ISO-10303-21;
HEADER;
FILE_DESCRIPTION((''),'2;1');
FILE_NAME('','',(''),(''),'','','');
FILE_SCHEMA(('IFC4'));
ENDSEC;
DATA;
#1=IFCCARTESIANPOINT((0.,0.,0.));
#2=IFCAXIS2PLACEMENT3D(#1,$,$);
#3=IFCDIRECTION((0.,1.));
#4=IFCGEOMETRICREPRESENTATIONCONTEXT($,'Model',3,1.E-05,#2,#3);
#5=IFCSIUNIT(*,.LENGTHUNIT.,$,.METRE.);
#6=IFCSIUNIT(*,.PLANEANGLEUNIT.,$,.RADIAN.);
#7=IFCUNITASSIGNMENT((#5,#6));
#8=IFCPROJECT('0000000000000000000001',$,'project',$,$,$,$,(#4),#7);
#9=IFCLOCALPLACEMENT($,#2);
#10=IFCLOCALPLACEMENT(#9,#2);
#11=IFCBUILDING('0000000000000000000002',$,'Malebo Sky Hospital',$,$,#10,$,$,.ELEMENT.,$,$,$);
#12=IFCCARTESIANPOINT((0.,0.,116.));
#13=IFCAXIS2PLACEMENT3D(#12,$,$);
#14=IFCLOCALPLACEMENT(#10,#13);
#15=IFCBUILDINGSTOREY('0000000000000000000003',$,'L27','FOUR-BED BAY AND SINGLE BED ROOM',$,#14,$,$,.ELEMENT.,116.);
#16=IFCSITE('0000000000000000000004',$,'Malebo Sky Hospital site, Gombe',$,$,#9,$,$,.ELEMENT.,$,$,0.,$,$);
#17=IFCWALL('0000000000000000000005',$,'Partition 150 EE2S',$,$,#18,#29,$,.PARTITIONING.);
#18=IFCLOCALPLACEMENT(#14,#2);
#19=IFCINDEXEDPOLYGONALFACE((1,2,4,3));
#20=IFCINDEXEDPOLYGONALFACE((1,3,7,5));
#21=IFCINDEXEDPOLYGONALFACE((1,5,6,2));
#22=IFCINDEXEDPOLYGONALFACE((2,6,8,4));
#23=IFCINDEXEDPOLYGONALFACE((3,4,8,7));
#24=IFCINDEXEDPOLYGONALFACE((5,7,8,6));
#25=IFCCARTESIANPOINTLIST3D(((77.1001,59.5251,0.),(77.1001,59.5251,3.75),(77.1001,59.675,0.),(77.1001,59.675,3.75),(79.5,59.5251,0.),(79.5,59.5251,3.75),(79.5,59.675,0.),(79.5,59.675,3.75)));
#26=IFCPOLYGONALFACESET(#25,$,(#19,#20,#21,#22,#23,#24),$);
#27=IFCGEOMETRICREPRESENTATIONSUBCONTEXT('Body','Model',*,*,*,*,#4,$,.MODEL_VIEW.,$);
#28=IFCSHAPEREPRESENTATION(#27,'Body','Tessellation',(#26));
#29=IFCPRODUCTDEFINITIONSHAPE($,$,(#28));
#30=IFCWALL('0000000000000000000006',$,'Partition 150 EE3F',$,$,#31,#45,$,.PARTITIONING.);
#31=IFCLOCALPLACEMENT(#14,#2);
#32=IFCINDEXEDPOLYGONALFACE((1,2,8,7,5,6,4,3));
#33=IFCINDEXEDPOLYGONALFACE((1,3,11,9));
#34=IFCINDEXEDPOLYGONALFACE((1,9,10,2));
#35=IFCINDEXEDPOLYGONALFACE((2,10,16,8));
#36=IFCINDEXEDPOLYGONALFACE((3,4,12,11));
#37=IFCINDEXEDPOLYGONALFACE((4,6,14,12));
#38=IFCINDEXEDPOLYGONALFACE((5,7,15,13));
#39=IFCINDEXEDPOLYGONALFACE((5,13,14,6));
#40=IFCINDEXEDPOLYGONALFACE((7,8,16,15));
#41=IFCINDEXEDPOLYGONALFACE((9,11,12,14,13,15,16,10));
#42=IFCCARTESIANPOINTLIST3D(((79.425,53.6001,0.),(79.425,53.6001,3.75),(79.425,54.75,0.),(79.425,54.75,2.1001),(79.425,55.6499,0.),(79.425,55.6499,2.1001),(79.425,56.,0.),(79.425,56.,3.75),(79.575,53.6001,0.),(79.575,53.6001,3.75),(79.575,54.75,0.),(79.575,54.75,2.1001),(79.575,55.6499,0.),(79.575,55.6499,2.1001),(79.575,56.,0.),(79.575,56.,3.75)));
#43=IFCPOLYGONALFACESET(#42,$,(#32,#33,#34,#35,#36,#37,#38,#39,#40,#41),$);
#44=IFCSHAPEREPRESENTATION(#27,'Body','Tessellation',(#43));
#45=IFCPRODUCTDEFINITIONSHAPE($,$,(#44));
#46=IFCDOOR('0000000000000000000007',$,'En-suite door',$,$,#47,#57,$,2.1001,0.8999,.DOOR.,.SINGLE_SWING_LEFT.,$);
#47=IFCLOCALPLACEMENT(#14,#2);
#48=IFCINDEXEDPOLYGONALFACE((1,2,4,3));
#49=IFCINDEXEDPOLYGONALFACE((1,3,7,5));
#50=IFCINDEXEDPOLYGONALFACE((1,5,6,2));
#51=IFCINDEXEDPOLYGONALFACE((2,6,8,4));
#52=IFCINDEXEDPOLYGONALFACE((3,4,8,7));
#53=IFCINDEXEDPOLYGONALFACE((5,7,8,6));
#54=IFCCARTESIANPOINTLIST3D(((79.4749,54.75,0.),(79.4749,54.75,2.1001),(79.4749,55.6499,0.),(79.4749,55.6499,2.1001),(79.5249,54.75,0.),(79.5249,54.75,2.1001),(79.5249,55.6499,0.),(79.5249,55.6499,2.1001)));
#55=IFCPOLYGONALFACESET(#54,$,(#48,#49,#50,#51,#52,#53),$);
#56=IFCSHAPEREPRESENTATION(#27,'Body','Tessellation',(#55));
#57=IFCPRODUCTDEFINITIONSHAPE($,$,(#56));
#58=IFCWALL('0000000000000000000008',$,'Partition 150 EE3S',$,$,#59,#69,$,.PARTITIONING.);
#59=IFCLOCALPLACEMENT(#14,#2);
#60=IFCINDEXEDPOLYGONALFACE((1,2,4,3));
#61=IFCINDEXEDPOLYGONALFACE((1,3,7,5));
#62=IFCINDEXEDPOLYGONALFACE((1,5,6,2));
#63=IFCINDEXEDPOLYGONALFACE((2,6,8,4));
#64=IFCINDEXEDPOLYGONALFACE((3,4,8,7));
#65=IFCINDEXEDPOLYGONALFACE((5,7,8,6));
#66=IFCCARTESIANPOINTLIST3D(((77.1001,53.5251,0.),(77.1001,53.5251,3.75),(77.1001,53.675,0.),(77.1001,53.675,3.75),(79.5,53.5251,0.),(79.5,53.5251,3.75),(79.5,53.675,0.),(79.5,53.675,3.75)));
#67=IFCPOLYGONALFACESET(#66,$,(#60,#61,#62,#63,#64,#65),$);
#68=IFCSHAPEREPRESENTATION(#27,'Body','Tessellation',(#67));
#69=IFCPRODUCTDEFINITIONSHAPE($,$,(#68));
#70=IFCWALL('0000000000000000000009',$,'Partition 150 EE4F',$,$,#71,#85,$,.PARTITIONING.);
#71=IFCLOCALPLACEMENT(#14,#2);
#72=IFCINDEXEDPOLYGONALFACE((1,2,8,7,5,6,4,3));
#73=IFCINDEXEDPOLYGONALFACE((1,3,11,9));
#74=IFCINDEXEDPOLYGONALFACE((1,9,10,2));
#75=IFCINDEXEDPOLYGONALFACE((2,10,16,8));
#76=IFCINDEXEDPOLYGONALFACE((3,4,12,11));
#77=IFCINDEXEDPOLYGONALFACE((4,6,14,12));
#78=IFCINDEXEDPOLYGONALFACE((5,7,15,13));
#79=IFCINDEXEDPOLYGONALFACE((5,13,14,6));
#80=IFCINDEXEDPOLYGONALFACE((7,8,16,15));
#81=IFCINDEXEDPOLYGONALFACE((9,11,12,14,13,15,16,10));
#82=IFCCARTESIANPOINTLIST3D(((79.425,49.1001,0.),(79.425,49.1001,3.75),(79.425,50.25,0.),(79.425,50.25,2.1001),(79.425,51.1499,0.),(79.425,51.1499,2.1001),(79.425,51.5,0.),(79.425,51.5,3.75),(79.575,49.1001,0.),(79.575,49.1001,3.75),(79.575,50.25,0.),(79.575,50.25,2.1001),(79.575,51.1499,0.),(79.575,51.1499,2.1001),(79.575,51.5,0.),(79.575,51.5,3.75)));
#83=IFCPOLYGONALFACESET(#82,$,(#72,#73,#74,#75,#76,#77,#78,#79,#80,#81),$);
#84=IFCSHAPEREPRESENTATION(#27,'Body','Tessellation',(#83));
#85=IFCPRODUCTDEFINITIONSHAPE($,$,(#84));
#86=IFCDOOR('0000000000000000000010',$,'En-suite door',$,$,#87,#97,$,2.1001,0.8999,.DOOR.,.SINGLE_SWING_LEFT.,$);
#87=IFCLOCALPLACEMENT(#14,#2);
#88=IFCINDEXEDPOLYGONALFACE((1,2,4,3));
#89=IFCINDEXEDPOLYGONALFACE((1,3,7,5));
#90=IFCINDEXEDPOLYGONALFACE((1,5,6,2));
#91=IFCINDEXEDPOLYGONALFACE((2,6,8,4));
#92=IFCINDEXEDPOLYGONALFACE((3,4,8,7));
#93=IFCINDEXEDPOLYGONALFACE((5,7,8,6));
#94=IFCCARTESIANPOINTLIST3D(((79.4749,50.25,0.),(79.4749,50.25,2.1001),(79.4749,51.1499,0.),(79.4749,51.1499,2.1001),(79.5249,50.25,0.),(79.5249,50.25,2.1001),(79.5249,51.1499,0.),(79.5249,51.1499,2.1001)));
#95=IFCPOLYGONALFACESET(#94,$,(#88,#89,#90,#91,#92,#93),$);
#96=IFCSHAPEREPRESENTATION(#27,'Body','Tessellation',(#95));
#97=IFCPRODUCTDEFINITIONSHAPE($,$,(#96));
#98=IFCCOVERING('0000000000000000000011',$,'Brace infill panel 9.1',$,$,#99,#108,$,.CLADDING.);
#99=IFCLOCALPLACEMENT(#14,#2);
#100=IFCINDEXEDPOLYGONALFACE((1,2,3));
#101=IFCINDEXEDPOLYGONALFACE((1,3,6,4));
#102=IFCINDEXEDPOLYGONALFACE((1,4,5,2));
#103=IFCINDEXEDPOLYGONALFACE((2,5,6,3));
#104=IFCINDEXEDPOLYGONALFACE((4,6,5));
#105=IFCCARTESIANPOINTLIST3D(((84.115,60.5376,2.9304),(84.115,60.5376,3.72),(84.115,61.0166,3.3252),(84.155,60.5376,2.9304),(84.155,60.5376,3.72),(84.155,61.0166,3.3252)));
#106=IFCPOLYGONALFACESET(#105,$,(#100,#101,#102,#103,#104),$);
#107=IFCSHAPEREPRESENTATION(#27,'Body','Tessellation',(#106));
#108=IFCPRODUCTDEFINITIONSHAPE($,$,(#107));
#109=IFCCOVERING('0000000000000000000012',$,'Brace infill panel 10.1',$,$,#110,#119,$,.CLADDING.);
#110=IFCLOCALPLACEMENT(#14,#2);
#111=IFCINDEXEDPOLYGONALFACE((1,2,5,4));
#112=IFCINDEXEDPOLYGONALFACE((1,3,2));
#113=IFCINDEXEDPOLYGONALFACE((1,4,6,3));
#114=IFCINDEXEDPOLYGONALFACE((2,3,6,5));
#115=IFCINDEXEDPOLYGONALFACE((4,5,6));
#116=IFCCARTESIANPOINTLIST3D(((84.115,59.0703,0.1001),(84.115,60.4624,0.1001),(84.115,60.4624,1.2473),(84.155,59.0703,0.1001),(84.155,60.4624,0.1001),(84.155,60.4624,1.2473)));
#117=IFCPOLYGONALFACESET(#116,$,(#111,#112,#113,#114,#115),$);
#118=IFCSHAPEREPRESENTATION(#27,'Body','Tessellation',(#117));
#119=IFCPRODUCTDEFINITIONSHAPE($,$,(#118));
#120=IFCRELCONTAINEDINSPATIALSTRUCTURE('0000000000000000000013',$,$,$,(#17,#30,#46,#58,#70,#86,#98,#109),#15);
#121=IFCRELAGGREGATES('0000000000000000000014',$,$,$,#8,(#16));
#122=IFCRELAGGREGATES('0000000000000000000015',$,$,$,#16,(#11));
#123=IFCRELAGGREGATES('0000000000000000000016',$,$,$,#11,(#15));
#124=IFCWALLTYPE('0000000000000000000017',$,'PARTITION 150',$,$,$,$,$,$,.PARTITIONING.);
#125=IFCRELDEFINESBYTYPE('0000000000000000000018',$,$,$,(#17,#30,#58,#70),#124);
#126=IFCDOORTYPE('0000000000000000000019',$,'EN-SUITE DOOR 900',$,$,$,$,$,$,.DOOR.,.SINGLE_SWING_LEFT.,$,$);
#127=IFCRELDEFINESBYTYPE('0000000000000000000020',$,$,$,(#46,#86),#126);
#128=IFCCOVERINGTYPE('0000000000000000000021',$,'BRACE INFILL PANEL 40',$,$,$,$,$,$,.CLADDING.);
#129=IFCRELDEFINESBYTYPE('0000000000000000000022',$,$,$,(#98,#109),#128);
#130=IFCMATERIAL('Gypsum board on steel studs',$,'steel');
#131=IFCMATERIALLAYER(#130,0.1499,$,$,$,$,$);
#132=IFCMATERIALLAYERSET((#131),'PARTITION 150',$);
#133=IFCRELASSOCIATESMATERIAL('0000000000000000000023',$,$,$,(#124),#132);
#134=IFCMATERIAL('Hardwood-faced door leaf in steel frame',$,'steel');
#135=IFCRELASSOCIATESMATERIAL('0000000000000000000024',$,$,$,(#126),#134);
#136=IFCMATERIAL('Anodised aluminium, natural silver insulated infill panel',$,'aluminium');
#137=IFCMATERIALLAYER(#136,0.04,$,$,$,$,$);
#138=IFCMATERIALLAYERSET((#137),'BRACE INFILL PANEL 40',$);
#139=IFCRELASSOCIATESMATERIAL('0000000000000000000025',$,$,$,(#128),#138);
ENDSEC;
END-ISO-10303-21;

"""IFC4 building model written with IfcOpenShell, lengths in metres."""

from ifc_helpers import new_model, si_unit, direction, frame, frame_2d, origin, place, context, subcontext, project, spatial, polyline, rectangle, outline, extrude, material, layer, layer_set, type_object, element, fill, save


model = new_model("IFC4")

# Units and contexts
model_context = context("Model", 3, precision=1e-05, world=origin(), true_north=direction((0.0, 1.0)))
body_context = subcontext(model_context, "Body", "Model", "MODEL_VIEW")
ifc_project = project(units=[si_unit("LENGTHUNIT", "METRE"), si_unit("PLANEANGLEUNIT", "RADIAN")], contexts=[model_context])

# Site, building, storey
site_placement = place(None, origin())
site = spatial("IfcSite", under=ifc_project, at=site_placement, Name="Malebo Sky Hospital site, Gombe", CompositionType="ELEMENT", RefElevation=0.0)
building_placement = place(site_placement, origin())
building = spatial("IfcBuilding", under=site, at=building_placement, Name="Malebo Sky Hospital", CompositionType="ELEMENT")
storey_placement = place(building_placement, frame((0.0, 0.0, 116.0)))
storey = spatial("IfcBuildingStorey", under=building, at=storey_placement, Name="L27", Description="FOUR-BED BAY AND SINGLE BED ROOM", CompositionType="ELEMENT", Elevation=116.0)

# Wall
ifc_material_1 = material(Name="Gypsum board on steel studs", Category="steel")
ifc_layer_1 = layer(ifc_material_1, 0.1499)
ifc_layer_set_1 = layer_set([ifc_layer_1], Name="PARTITION 150")
wall_type = type_object("IfcWallType", Name="PARTITION 150", PredefinedType="PARTITIONING", material=ifc_layer_set_1)
wall_1_placement = place(storey_placement, frame((77.1001, 59.6001, 0.0), z_axis=(0.0, 0.0, 1.0), x_axis=(1.0, 0.0, 0.0)))
element("IfcWall", 1, at=wall_1_placement, inside=storey, type_object=wall_type, Name="Partition 150 EE2S", PredefinedType="PARTITIONING", context=body_context, shape_type="SweptSolid", body=[
    extrude(rectangle(XDim=2.3999, YDim=0.1499, at=frame_2d((1.2, 0.0))), origin(), (0.0, 0.0, 1.0), 3.75),
])

# Wall, opening, door
wall_2_placement = place(storey_placement, frame((79.5, 56.0, 0.0), z_axis=(0.0, 0.0, 1.0), x_axis=(0.0, -1.0, 0.0)))
wall_2 = element("IfcWall", 2, at=wall_2_placement, inside=storey, type_object=wall_type, Name="Partition 150 EE3F", PredefinedType="PARTITIONING", context=body_context, shape_type="SweptSolid", body=[
    extrude(rectangle(XDim=2.3999, YDim=0.1499, at=frame_2d((1.2, 0.0))), origin(), (0.0, 0.0, 1.0), 3.75),
])
opening_1_placement = place(wall_2_placement, frame((0.3501, 0.0, 0.0)))
opening_1 = element("IfcOpeningElement", 3, at=opening_1_placement, cuts=wall_2, PredefinedType="OPENING", context=body_context, shape_type="SweptSolid", body=[
    extrude(rectangle(XDim=0.8999, YDim=2.1001, at=frame_2d((0.45, 1.05))), frame((0.0, 0.085, 0.0), z_axis=(0.0, -1.0, 0.0), x_axis=(1.0, 0.0, 0.0)), (0.0, 0.0, 1.0), 0.1699),
])
ifc_material_2 = material(Name="Hardwood-faced door leaf in steel frame", Category="steel")
door_type = type_object("IfcDoorType", Name="EN-SUITE DOOR 900", OperationType="SINGLE_SWING_LEFT", PredefinedType="DOOR", material=ifc_material_2)
door_1_placement = place(opening_1_placement, origin())
door_1 = element("IfcDoor", 4, at=door_1_placement, inside=storey, type_object=door_type, Name="En-suite door", OperationType="SINGLE_SWING_LEFT", OverallHeight=2.1001, OverallWidth=0.8999, PredefinedType="DOOR", context=body_context, shape_type="SweptSolid", body=[
    extrude(rectangle(XDim=0.8999, YDim=2.1001, at=frame_2d((0.45, 1.05))), frame((0.0, 0.0249, 0.0), z_axis=(0.0, -1.0, 0.0), x_axis=(1.0, 0.0, 0.0)), (0.0, 0.0, 1.0), 0.05),
])
fill(opening_1, door_1)

# Wall
wall_3_placement = place(storey_placement, frame((77.1001, 53.6001, 0.0), z_axis=(0.0, 0.0, 1.0), x_axis=(1.0, 0.0, 0.0)))
element("IfcWall", 5, at=wall_3_placement, inside=storey, type_object=wall_type, Name="Partition 150 EE3S", PredefinedType="PARTITIONING", context=body_context, shape_type="SweptSolid", body=[
    extrude(rectangle(XDim=2.3999, YDim=0.1499, at=frame_2d((1.2, 0.0))), origin(), (0.0, 0.0, 1.0), 3.75),
])

# Wall, opening, door
wall_4_placement = place(storey_placement, frame((79.5, 51.5, 0.0), z_axis=(0.0, 0.0, 1.0), x_axis=(0.0, -1.0, 0.0)))
wall_4 = element("IfcWall", 6, at=wall_4_placement, inside=storey, type_object=wall_type, Name="Partition 150 EE4F", PredefinedType="PARTITIONING", context=body_context, shape_type="SweptSolid", body=[
    extrude(rectangle(XDim=2.3999, YDim=0.1499, at=frame_2d((1.2, 0.0))), origin(), (0.0, 0.0, 1.0), 3.75),
])
opening_2_placement = place(wall_4_placement, frame((0.3501, 0.0, 0.0)))
opening_2 = element("IfcOpeningElement", 7, at=opening_2_placement, cuts=wall_4, PredefinedType="OPENING", context=body_context, shape_type="SweptSolid", body=[
    extrude(rectangle(XDim=0.8999, YDim=2.1001, at=frame_2d((0.45, 1.05))), frame((0.0, 0.085, 0.0), z_axis=(0.0, -1.0, 0.0), x_axis=(1.0, 0.0, 0.0)), (0.0, 0.0, 1.0), 0.1699),
])
door_2_placement = place(opening_2_placement, origin())
door_2 = element("IfcDoor", 8, at=door_2_placement, inside=storey, type_object=door_type, Name="En-suite door", OperationType="SINGLE_SWING_LEFT", OverallHeight=2.1001, OverallWidth=0.8999, PredefinedType="DOOR", context=body_context, shape_type="SweptSolid", body=[
    extrude(rectangle(XDim=0.8999, YDim=2.1001, at=frame_2d((0.45, 1.05))), frame((0.0, 0.0249, 0.0), z_axis=(0.0, -1.0, 0.0), x_axis=(1.0, 0.0, 0.0)), (0.0, 0.0, 1.0), 0.05),
])
fill(opening_2, door_2)

# Coverings
ifc_material_3 = material(Name="Anodised aluminium, natural silver insulated infill panel", Category="aluminium")
ifc_layer_2 = layer(ifc_material_3, 0.04)
ifc_layer_set_2 = layer_set([ifc_layer_2], Name="BRACE INFILL PANEL 40")
covering_type = type_object("IfcCoveringType", Name="BRACE INFILL PANEL 40", PredefinedType="CLADDING", material=ifc_layer_set_2)
covering_1_placement = place(storey_placement, frame((84.135, 60.7771, 2.9304), z_axis=(0.0, 0.0, 1.0), x_axis=(0.0, -1.0, 0.0)))
element("IfcCovering", 9, at=covering_1_placement, inside=storey, type_object=covering_type, Name="Brace infill panel 9.1", PredefinedType="CLADDING", context=body_context, shape_type="SweptSolid", body=[
    extrude(outline(polyline([(0.2395, 0.0), (0.2395, 0.7896), (-0.2395, 0.3948), (0.2395, 0.0)])), frame((0.0, 0.02, 0.0), z_axis=(0.0, -1.0, 0.0), x_axis=(1.0, 0.0, 0.0)), (0.0, 0.0, 1.0), 0.04),
])
covering_2_placement = place(storey_placement, frame((84.135, 59.7664, 0.1001), z_axis=(0.0, 0.0, 1.0), x_axis=(0.0, -1.0, 0.0)))
element("IfcCovering", 10, at=covering_2_placement, inside=storey, type_object=covering_type, Name="Brace infill panel 10.1", PredefinedType="CLADDING", context=body_context, shape_type="SweptSolid", body=[
    extrude(outline(polyline([(-0.696, 0.0), (0.696, 0.0), (-0.696, 1.1472), (-0.696, 0.0)])), frame((0.0, 0.02, 0.0), z_axis=(0.0, -1.0, 0.0), x_axis=(1.0, 0.0, 0.0)), (0.0, 0.0, 1.0), 0.04),
])

save(model, "model.ifc")
